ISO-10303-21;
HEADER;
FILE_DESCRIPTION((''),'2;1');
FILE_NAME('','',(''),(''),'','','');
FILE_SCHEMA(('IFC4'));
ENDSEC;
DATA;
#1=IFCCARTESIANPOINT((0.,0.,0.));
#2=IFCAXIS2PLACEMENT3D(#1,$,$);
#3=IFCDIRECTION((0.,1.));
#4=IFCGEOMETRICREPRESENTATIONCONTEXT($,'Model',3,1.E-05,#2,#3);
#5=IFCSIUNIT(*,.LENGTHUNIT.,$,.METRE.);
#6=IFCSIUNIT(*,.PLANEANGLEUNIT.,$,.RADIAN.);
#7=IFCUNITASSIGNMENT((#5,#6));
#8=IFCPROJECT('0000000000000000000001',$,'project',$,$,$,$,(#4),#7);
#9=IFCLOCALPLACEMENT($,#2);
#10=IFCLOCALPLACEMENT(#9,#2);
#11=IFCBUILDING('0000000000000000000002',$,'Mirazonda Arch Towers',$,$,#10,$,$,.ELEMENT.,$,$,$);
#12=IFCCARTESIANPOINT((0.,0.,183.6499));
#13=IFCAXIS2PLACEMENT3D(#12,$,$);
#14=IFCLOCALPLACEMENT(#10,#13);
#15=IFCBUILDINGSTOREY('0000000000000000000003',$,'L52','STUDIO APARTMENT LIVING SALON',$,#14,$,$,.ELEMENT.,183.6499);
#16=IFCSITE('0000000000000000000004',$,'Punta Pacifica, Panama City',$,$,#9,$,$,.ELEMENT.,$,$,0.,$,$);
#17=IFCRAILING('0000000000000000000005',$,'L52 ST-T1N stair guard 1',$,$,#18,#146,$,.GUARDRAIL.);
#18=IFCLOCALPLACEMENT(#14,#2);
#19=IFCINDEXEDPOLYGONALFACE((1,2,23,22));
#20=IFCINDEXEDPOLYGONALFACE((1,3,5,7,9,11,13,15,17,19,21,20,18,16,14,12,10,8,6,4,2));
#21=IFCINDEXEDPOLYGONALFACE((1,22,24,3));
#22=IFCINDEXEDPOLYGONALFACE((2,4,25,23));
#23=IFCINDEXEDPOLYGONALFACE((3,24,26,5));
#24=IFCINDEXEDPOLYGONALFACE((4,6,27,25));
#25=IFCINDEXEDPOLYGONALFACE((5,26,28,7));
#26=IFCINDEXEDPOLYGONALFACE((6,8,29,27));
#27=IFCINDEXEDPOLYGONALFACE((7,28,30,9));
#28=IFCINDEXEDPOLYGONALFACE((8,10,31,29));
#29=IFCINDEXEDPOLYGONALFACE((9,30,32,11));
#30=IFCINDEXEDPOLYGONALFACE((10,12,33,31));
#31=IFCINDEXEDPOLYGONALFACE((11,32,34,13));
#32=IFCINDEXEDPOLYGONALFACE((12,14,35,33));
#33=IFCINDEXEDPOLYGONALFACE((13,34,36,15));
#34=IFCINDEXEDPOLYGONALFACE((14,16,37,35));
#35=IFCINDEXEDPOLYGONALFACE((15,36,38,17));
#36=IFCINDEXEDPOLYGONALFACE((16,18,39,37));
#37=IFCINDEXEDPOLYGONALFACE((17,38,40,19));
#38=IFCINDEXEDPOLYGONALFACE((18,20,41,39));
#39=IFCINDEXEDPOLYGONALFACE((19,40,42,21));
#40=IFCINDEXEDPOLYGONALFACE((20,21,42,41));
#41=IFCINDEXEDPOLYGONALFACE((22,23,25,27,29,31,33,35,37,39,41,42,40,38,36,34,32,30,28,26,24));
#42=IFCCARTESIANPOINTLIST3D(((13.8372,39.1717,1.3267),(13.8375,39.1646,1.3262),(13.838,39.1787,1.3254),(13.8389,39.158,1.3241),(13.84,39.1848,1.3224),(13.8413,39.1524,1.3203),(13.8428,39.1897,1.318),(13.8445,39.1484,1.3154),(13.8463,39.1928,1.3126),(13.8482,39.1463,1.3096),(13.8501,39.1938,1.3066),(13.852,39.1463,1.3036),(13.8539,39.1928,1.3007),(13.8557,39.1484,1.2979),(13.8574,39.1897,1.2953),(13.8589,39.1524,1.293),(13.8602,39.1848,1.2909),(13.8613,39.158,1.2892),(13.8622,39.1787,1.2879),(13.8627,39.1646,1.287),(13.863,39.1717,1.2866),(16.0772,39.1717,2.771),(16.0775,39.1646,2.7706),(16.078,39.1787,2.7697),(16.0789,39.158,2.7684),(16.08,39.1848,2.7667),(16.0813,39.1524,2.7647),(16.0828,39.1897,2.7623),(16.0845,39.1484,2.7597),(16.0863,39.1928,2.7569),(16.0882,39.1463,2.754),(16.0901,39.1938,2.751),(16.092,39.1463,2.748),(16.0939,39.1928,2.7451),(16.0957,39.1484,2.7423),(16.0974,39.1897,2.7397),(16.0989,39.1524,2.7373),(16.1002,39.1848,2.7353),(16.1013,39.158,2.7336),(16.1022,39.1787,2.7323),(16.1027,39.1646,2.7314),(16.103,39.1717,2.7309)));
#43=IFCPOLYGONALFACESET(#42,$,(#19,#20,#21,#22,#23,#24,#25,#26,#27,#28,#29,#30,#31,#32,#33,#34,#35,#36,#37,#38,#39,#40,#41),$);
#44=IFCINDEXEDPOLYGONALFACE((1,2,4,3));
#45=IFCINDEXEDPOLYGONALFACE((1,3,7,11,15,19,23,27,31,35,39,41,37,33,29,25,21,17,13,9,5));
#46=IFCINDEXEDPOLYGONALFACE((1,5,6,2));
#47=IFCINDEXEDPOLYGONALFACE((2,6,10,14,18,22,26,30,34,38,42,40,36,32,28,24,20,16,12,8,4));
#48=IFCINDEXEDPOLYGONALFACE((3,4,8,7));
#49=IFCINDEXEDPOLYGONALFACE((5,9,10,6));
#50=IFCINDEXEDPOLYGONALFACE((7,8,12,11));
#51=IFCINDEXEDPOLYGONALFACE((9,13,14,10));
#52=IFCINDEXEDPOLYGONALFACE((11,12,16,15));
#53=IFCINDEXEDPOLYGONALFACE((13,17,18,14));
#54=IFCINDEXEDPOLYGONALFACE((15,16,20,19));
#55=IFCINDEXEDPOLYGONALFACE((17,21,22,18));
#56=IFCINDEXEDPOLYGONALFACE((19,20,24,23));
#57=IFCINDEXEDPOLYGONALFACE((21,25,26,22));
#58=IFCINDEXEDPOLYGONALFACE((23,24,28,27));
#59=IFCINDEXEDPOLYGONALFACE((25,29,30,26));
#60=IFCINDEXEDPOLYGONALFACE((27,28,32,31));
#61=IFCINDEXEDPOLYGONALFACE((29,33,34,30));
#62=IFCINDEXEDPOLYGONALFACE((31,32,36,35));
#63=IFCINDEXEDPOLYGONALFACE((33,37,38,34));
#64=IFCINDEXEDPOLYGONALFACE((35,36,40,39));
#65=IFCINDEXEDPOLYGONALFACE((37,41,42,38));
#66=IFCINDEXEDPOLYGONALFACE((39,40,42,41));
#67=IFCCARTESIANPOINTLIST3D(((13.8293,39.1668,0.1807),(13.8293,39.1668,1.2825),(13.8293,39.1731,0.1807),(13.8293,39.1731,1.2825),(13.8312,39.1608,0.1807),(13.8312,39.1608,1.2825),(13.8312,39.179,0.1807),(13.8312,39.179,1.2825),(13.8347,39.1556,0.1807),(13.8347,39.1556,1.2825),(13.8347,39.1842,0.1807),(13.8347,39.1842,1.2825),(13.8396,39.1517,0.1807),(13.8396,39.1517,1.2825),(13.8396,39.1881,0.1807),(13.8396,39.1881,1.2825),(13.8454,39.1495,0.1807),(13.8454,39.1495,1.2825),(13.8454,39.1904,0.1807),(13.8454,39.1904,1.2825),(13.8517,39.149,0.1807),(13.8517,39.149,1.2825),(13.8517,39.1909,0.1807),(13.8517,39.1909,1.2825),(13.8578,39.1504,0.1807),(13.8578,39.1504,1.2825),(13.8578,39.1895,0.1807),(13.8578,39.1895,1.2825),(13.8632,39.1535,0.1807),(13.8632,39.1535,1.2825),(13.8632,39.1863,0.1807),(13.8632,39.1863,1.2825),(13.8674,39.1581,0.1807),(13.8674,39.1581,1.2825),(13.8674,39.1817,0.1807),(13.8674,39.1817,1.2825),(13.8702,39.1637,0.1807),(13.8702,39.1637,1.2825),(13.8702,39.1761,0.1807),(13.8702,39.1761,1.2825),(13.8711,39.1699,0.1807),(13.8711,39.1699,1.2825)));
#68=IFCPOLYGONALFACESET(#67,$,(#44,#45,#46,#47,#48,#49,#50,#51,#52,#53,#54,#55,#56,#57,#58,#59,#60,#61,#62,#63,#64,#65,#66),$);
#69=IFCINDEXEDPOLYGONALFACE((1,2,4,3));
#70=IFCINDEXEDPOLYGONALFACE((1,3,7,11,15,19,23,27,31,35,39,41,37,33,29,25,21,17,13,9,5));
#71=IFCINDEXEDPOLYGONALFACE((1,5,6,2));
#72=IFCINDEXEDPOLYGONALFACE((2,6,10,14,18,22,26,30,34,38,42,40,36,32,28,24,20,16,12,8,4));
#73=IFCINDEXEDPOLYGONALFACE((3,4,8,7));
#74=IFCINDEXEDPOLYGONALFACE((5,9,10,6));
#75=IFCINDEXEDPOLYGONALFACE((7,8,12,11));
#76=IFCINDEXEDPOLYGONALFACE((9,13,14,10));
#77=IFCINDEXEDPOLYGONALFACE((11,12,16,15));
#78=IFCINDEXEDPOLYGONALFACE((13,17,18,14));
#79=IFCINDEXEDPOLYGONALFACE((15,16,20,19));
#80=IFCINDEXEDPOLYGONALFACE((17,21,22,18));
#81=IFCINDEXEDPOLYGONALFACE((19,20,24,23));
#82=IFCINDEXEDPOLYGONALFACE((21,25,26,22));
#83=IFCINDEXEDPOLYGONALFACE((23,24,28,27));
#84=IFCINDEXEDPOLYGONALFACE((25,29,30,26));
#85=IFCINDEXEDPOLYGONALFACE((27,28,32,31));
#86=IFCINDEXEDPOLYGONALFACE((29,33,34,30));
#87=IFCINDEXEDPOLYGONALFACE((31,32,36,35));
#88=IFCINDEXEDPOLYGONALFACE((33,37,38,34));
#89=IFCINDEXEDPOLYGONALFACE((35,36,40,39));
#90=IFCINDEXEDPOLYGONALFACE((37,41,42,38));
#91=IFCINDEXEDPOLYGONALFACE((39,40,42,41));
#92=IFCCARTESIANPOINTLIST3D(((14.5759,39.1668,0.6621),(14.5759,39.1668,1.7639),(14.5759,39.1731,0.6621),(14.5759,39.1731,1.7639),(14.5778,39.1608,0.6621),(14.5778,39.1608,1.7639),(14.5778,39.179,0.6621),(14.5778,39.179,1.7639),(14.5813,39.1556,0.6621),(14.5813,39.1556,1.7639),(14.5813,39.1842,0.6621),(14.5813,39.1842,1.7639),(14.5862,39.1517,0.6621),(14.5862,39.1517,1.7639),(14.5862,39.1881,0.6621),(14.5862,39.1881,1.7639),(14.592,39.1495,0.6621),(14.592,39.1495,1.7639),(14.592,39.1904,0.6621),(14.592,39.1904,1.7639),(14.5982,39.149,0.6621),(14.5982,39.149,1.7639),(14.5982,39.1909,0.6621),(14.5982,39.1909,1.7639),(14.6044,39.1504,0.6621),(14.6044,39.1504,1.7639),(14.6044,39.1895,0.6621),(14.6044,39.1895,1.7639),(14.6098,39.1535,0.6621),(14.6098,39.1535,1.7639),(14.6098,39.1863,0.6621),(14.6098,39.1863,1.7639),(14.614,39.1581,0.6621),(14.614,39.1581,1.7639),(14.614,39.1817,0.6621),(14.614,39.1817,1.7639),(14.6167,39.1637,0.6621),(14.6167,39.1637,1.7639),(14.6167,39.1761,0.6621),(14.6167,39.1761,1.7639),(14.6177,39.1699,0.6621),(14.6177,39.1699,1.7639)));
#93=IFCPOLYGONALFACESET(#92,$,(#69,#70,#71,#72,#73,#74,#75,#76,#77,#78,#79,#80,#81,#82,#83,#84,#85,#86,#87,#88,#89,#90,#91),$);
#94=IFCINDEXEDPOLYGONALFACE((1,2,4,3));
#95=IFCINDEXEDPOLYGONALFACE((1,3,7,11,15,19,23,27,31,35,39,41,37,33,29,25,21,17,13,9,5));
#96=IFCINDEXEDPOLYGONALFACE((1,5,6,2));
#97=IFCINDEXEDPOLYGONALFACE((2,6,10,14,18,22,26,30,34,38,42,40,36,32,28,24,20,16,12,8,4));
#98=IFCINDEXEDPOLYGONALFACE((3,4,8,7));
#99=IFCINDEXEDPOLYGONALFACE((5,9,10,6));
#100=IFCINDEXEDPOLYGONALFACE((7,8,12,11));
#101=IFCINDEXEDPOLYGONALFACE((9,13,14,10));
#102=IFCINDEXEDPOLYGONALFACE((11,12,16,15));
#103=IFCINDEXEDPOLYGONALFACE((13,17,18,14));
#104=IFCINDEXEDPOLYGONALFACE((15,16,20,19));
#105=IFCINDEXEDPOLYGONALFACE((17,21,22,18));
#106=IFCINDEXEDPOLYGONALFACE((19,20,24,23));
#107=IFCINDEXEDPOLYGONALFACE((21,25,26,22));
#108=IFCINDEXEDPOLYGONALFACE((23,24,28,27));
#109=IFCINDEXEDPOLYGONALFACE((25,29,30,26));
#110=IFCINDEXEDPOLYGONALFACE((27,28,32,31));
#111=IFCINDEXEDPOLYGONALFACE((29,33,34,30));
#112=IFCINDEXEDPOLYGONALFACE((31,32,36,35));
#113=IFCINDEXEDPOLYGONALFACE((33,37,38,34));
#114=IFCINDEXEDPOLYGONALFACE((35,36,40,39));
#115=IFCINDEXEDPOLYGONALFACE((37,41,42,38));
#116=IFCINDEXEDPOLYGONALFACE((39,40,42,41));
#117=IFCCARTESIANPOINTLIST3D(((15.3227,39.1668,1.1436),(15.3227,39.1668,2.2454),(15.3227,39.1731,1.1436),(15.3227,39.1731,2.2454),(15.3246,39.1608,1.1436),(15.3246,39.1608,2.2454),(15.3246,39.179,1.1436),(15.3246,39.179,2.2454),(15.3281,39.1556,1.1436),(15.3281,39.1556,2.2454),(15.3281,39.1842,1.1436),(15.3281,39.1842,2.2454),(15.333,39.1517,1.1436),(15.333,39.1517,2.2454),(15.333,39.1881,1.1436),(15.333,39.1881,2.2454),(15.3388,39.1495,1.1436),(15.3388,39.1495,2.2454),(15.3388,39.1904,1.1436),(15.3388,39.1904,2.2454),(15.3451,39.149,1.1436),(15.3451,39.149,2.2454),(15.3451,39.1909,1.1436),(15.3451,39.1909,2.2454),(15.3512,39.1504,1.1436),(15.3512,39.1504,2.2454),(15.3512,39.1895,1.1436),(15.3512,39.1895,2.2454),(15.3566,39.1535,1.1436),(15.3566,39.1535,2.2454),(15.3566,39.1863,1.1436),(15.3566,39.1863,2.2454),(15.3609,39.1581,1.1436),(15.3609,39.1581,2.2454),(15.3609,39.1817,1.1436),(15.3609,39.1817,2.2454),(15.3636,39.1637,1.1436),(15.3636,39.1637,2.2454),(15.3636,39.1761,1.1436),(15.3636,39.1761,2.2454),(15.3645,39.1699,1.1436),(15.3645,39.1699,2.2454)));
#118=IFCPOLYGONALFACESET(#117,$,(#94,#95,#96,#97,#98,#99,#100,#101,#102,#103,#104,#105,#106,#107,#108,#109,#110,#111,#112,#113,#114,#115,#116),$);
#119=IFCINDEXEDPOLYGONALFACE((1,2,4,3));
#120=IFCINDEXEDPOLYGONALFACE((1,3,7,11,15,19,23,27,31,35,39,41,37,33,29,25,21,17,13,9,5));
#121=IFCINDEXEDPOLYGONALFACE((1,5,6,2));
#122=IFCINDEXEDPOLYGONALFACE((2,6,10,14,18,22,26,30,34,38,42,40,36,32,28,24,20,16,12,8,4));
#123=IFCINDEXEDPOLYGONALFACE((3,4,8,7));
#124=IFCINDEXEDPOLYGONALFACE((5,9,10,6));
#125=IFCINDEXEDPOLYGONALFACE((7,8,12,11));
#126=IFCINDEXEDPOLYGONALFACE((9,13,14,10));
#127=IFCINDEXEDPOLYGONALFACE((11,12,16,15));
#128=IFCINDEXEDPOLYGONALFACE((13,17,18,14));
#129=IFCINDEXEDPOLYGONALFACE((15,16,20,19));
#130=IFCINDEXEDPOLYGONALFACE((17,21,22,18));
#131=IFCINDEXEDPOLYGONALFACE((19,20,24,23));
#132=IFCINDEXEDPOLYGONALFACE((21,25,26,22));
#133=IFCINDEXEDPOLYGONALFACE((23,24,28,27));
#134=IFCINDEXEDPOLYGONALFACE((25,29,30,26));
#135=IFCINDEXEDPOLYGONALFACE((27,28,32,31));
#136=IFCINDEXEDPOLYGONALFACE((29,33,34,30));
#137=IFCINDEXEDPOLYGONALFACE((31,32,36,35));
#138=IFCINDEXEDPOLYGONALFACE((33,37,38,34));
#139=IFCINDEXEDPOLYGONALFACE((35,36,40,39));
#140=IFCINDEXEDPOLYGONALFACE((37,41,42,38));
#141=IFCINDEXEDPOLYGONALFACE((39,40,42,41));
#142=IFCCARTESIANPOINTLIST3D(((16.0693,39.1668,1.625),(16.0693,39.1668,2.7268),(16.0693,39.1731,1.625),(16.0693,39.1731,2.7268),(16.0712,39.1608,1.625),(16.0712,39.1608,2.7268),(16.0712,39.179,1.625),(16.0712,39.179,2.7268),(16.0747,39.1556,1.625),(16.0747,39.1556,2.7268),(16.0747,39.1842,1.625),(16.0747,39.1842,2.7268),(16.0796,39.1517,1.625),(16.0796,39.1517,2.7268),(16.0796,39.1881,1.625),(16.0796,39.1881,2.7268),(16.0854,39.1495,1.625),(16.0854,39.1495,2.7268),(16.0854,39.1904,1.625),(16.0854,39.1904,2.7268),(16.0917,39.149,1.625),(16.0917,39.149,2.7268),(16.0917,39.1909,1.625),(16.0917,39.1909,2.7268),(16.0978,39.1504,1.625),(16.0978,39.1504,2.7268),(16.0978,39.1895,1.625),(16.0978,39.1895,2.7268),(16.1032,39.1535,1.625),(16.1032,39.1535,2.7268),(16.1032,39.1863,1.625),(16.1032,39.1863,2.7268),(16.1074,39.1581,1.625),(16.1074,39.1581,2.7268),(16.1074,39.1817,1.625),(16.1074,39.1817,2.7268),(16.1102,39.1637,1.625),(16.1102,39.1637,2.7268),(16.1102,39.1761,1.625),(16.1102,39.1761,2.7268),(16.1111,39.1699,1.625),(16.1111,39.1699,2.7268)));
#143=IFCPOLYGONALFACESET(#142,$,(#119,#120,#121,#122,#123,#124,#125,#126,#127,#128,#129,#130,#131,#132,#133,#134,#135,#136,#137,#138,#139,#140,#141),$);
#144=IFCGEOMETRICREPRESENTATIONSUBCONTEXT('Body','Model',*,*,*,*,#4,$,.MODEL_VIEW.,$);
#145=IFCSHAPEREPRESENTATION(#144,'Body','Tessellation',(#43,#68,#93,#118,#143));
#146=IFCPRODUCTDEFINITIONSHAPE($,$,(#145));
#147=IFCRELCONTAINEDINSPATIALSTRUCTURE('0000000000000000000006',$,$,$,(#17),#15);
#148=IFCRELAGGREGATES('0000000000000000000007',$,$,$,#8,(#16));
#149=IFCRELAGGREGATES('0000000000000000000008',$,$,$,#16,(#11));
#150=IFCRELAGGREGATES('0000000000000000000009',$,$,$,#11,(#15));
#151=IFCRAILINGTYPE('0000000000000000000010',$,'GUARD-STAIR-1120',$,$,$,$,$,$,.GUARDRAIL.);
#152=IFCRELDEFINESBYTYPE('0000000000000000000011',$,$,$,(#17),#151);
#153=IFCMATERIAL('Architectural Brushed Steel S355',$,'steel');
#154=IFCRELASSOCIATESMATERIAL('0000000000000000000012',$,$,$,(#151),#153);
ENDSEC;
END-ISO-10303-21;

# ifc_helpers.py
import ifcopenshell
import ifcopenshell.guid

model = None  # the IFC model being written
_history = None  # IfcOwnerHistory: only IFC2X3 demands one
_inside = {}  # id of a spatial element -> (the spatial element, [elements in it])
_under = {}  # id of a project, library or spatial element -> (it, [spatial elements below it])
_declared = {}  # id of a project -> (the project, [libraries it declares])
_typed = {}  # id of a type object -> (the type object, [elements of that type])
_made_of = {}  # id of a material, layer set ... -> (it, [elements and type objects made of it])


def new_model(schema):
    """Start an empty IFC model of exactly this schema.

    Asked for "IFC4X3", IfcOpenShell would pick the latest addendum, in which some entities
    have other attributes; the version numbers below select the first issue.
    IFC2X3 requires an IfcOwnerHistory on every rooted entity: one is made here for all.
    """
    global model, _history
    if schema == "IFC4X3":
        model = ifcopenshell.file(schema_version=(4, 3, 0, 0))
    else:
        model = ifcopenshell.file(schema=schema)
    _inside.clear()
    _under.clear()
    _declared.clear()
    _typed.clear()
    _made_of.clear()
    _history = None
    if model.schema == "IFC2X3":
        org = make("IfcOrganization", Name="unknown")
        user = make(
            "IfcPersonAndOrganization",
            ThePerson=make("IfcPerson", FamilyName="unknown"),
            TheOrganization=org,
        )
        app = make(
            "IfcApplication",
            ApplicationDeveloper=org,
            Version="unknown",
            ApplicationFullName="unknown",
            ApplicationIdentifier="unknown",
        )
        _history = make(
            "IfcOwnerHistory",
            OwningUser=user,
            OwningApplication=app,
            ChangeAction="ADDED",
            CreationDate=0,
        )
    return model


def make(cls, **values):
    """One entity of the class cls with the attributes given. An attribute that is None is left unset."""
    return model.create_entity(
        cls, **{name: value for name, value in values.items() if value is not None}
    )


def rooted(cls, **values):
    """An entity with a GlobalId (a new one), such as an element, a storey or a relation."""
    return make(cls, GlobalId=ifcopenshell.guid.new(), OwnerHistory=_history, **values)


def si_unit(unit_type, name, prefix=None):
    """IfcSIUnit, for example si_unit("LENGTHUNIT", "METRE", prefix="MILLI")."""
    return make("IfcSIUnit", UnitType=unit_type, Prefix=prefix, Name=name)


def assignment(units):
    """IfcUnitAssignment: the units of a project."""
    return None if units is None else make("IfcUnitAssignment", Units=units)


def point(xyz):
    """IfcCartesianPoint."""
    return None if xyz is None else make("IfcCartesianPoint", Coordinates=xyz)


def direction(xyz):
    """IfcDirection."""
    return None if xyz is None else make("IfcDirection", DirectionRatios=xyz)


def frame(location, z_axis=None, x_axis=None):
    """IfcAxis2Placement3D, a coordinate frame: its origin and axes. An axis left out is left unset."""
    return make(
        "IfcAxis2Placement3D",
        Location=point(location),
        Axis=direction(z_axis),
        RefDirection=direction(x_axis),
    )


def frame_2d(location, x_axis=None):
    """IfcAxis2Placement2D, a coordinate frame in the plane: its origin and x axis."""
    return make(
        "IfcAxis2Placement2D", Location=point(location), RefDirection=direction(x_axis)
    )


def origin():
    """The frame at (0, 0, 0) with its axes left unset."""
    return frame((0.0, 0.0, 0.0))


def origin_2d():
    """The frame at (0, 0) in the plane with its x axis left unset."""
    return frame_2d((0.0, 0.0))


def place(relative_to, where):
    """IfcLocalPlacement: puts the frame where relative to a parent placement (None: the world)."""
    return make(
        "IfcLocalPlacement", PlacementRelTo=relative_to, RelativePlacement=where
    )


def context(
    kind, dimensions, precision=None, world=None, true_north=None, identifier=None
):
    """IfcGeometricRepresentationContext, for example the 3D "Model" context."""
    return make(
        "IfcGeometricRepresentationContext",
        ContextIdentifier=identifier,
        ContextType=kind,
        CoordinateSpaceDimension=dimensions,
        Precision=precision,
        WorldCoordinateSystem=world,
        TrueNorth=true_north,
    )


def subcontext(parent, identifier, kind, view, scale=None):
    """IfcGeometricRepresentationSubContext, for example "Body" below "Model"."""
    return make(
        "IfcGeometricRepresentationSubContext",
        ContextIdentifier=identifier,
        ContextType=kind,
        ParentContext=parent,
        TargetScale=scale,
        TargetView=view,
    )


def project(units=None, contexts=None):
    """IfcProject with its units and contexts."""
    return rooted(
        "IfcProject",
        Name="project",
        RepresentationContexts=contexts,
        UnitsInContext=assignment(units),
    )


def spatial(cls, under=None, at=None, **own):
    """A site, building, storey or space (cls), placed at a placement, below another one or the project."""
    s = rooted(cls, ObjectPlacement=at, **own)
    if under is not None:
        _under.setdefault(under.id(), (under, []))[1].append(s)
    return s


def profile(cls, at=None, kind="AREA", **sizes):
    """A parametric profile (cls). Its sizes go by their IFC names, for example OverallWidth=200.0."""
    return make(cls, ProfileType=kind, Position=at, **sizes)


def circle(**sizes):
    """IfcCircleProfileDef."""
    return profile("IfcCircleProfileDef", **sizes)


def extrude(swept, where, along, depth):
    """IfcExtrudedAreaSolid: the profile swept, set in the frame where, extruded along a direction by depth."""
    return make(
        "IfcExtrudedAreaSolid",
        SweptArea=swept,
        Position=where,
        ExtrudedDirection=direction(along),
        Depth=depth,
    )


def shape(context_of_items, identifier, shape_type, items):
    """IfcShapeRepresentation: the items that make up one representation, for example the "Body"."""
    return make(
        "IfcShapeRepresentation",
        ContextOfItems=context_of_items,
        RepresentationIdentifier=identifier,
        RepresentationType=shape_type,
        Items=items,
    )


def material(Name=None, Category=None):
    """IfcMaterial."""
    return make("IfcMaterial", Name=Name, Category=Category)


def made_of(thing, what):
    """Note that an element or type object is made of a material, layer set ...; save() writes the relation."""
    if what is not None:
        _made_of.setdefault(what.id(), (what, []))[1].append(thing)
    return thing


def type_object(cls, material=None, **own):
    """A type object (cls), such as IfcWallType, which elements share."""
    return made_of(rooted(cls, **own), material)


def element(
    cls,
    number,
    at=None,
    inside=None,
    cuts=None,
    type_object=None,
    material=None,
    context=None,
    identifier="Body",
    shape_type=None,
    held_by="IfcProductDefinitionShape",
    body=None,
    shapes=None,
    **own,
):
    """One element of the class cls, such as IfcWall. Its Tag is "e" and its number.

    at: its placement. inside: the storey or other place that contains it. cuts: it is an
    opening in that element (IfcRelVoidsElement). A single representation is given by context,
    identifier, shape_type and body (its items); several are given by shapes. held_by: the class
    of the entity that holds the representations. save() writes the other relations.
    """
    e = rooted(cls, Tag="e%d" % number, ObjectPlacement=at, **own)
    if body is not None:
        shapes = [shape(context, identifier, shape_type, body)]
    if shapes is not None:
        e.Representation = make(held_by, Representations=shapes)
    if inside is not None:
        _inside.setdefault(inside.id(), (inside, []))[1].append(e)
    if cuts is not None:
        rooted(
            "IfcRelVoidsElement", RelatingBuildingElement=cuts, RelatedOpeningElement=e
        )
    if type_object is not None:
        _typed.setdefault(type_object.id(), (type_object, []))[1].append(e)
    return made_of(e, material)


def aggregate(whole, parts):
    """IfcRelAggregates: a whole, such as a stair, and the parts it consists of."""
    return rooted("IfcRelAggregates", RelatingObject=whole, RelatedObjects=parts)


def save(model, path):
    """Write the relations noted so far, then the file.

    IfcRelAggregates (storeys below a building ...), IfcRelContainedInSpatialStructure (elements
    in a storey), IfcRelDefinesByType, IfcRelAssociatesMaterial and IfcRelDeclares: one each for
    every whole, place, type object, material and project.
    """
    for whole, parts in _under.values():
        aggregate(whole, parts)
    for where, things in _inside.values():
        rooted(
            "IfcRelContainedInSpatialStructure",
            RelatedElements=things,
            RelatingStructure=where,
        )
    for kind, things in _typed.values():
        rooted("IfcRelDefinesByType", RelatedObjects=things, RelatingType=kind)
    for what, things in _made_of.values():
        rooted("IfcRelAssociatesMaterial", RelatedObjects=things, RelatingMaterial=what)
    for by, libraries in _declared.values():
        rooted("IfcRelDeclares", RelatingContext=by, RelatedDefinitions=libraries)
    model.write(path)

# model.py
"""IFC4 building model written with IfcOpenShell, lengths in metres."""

from ifc_helpers import new_model, si_unit, direction, frame, origin, origin_2d, place, context, subcontext, project, spatial, circle, extrude, material, type_object, element, save


model = new_model("IFC4")

# Units and contexts
model_context = context("Model", 3, precision=1e-05, world=origin(), true_north=direction((0.0, 1.0)))
body_context = subcontext(model_context, "Body", "Model", "MODEL_VIEW")
ifc_project = project(units=[si_unit("LENGTHUNIT", "METRE"), si_unit("PLANEANGLEUNIT", "RADIAN")], contexts=[model_context])

# Site, building, storey
site_placement = place(None, origin())
site = spatial("IfcSite", under=ifc_project, at=site_placement, Name="Punta Pacifica, Panama City", CompositionType="ELEMENT", RefElevation=0.0)
building_placement = place(site_placement, origin())
building = spatial("IfcBuilding", under=site, at=building_placement, Name="Mirazonda Arch Towers", CompositionType="ELEMENT")
storey_placement = place(building_placement, frame((0.0, 0.0, 183.6499)))
storey = spatial("IfcBuildingStorey", under=building, at=storey_placement, Name="L52", Description="STUDIO APARTMENT LIVING SALON", CompositionType="ELEMENT", Elevation=183.6499)

# Shared definitions
ifc_material_1 = material(Name="Architectural Brushed Steel S355", Category="steel")

# Railing
railing_type_1 = type_object("IfcRailingType", Name="GUARD-STAIR-1120", PredefinedType="GUARDRAIL", material=ifc_material_1)
railing_1_placement = place(storey_placement, frame((13.8501, 39.1699, 0.1807)))
element("IfcRailing", 1, at=railing_1_placement, inside=storey, type_object=railing_type_1, Name="L52 ST-T1N stair guard 1", PredefinedType="GUARDRAIL", context=body_context, shape_type="SweptSolid", body=[
    extrude(circle(Radius=0.0239, at=origin_2d()), frame((0.0, 0.0, 1.126), z_axis=(0.840437, 0.0, 0.54191), x_axis=(0.0, 1.0, 0.0)), (0.0, 0.0, 1.0), 2.6653),
    extrude(circle(Radius=0.021, at=origin_2d()), origin(), (0.0, 0.0, 1.0), 1.1018),
    extrude(circle(Radius=0.021, at=origin_2d()), frame((0.7466, 0.0, 0.4814)), (0.0, 0.0, 1.0), 1.1018),
    extrude(circle(Radius=0.021, at=origin_2d()), frame((1.4934, 0.0, 0.9629)), (0.0, 0.0, 1.0), 1.1018),
    extrude(circle(Radius=0.021, at=origin_2d()), frame((2.24, 0.0, 1.4443)), (0.0, 0.0, 1.0), 1.1018),
])

save(model, "model.ifc")
